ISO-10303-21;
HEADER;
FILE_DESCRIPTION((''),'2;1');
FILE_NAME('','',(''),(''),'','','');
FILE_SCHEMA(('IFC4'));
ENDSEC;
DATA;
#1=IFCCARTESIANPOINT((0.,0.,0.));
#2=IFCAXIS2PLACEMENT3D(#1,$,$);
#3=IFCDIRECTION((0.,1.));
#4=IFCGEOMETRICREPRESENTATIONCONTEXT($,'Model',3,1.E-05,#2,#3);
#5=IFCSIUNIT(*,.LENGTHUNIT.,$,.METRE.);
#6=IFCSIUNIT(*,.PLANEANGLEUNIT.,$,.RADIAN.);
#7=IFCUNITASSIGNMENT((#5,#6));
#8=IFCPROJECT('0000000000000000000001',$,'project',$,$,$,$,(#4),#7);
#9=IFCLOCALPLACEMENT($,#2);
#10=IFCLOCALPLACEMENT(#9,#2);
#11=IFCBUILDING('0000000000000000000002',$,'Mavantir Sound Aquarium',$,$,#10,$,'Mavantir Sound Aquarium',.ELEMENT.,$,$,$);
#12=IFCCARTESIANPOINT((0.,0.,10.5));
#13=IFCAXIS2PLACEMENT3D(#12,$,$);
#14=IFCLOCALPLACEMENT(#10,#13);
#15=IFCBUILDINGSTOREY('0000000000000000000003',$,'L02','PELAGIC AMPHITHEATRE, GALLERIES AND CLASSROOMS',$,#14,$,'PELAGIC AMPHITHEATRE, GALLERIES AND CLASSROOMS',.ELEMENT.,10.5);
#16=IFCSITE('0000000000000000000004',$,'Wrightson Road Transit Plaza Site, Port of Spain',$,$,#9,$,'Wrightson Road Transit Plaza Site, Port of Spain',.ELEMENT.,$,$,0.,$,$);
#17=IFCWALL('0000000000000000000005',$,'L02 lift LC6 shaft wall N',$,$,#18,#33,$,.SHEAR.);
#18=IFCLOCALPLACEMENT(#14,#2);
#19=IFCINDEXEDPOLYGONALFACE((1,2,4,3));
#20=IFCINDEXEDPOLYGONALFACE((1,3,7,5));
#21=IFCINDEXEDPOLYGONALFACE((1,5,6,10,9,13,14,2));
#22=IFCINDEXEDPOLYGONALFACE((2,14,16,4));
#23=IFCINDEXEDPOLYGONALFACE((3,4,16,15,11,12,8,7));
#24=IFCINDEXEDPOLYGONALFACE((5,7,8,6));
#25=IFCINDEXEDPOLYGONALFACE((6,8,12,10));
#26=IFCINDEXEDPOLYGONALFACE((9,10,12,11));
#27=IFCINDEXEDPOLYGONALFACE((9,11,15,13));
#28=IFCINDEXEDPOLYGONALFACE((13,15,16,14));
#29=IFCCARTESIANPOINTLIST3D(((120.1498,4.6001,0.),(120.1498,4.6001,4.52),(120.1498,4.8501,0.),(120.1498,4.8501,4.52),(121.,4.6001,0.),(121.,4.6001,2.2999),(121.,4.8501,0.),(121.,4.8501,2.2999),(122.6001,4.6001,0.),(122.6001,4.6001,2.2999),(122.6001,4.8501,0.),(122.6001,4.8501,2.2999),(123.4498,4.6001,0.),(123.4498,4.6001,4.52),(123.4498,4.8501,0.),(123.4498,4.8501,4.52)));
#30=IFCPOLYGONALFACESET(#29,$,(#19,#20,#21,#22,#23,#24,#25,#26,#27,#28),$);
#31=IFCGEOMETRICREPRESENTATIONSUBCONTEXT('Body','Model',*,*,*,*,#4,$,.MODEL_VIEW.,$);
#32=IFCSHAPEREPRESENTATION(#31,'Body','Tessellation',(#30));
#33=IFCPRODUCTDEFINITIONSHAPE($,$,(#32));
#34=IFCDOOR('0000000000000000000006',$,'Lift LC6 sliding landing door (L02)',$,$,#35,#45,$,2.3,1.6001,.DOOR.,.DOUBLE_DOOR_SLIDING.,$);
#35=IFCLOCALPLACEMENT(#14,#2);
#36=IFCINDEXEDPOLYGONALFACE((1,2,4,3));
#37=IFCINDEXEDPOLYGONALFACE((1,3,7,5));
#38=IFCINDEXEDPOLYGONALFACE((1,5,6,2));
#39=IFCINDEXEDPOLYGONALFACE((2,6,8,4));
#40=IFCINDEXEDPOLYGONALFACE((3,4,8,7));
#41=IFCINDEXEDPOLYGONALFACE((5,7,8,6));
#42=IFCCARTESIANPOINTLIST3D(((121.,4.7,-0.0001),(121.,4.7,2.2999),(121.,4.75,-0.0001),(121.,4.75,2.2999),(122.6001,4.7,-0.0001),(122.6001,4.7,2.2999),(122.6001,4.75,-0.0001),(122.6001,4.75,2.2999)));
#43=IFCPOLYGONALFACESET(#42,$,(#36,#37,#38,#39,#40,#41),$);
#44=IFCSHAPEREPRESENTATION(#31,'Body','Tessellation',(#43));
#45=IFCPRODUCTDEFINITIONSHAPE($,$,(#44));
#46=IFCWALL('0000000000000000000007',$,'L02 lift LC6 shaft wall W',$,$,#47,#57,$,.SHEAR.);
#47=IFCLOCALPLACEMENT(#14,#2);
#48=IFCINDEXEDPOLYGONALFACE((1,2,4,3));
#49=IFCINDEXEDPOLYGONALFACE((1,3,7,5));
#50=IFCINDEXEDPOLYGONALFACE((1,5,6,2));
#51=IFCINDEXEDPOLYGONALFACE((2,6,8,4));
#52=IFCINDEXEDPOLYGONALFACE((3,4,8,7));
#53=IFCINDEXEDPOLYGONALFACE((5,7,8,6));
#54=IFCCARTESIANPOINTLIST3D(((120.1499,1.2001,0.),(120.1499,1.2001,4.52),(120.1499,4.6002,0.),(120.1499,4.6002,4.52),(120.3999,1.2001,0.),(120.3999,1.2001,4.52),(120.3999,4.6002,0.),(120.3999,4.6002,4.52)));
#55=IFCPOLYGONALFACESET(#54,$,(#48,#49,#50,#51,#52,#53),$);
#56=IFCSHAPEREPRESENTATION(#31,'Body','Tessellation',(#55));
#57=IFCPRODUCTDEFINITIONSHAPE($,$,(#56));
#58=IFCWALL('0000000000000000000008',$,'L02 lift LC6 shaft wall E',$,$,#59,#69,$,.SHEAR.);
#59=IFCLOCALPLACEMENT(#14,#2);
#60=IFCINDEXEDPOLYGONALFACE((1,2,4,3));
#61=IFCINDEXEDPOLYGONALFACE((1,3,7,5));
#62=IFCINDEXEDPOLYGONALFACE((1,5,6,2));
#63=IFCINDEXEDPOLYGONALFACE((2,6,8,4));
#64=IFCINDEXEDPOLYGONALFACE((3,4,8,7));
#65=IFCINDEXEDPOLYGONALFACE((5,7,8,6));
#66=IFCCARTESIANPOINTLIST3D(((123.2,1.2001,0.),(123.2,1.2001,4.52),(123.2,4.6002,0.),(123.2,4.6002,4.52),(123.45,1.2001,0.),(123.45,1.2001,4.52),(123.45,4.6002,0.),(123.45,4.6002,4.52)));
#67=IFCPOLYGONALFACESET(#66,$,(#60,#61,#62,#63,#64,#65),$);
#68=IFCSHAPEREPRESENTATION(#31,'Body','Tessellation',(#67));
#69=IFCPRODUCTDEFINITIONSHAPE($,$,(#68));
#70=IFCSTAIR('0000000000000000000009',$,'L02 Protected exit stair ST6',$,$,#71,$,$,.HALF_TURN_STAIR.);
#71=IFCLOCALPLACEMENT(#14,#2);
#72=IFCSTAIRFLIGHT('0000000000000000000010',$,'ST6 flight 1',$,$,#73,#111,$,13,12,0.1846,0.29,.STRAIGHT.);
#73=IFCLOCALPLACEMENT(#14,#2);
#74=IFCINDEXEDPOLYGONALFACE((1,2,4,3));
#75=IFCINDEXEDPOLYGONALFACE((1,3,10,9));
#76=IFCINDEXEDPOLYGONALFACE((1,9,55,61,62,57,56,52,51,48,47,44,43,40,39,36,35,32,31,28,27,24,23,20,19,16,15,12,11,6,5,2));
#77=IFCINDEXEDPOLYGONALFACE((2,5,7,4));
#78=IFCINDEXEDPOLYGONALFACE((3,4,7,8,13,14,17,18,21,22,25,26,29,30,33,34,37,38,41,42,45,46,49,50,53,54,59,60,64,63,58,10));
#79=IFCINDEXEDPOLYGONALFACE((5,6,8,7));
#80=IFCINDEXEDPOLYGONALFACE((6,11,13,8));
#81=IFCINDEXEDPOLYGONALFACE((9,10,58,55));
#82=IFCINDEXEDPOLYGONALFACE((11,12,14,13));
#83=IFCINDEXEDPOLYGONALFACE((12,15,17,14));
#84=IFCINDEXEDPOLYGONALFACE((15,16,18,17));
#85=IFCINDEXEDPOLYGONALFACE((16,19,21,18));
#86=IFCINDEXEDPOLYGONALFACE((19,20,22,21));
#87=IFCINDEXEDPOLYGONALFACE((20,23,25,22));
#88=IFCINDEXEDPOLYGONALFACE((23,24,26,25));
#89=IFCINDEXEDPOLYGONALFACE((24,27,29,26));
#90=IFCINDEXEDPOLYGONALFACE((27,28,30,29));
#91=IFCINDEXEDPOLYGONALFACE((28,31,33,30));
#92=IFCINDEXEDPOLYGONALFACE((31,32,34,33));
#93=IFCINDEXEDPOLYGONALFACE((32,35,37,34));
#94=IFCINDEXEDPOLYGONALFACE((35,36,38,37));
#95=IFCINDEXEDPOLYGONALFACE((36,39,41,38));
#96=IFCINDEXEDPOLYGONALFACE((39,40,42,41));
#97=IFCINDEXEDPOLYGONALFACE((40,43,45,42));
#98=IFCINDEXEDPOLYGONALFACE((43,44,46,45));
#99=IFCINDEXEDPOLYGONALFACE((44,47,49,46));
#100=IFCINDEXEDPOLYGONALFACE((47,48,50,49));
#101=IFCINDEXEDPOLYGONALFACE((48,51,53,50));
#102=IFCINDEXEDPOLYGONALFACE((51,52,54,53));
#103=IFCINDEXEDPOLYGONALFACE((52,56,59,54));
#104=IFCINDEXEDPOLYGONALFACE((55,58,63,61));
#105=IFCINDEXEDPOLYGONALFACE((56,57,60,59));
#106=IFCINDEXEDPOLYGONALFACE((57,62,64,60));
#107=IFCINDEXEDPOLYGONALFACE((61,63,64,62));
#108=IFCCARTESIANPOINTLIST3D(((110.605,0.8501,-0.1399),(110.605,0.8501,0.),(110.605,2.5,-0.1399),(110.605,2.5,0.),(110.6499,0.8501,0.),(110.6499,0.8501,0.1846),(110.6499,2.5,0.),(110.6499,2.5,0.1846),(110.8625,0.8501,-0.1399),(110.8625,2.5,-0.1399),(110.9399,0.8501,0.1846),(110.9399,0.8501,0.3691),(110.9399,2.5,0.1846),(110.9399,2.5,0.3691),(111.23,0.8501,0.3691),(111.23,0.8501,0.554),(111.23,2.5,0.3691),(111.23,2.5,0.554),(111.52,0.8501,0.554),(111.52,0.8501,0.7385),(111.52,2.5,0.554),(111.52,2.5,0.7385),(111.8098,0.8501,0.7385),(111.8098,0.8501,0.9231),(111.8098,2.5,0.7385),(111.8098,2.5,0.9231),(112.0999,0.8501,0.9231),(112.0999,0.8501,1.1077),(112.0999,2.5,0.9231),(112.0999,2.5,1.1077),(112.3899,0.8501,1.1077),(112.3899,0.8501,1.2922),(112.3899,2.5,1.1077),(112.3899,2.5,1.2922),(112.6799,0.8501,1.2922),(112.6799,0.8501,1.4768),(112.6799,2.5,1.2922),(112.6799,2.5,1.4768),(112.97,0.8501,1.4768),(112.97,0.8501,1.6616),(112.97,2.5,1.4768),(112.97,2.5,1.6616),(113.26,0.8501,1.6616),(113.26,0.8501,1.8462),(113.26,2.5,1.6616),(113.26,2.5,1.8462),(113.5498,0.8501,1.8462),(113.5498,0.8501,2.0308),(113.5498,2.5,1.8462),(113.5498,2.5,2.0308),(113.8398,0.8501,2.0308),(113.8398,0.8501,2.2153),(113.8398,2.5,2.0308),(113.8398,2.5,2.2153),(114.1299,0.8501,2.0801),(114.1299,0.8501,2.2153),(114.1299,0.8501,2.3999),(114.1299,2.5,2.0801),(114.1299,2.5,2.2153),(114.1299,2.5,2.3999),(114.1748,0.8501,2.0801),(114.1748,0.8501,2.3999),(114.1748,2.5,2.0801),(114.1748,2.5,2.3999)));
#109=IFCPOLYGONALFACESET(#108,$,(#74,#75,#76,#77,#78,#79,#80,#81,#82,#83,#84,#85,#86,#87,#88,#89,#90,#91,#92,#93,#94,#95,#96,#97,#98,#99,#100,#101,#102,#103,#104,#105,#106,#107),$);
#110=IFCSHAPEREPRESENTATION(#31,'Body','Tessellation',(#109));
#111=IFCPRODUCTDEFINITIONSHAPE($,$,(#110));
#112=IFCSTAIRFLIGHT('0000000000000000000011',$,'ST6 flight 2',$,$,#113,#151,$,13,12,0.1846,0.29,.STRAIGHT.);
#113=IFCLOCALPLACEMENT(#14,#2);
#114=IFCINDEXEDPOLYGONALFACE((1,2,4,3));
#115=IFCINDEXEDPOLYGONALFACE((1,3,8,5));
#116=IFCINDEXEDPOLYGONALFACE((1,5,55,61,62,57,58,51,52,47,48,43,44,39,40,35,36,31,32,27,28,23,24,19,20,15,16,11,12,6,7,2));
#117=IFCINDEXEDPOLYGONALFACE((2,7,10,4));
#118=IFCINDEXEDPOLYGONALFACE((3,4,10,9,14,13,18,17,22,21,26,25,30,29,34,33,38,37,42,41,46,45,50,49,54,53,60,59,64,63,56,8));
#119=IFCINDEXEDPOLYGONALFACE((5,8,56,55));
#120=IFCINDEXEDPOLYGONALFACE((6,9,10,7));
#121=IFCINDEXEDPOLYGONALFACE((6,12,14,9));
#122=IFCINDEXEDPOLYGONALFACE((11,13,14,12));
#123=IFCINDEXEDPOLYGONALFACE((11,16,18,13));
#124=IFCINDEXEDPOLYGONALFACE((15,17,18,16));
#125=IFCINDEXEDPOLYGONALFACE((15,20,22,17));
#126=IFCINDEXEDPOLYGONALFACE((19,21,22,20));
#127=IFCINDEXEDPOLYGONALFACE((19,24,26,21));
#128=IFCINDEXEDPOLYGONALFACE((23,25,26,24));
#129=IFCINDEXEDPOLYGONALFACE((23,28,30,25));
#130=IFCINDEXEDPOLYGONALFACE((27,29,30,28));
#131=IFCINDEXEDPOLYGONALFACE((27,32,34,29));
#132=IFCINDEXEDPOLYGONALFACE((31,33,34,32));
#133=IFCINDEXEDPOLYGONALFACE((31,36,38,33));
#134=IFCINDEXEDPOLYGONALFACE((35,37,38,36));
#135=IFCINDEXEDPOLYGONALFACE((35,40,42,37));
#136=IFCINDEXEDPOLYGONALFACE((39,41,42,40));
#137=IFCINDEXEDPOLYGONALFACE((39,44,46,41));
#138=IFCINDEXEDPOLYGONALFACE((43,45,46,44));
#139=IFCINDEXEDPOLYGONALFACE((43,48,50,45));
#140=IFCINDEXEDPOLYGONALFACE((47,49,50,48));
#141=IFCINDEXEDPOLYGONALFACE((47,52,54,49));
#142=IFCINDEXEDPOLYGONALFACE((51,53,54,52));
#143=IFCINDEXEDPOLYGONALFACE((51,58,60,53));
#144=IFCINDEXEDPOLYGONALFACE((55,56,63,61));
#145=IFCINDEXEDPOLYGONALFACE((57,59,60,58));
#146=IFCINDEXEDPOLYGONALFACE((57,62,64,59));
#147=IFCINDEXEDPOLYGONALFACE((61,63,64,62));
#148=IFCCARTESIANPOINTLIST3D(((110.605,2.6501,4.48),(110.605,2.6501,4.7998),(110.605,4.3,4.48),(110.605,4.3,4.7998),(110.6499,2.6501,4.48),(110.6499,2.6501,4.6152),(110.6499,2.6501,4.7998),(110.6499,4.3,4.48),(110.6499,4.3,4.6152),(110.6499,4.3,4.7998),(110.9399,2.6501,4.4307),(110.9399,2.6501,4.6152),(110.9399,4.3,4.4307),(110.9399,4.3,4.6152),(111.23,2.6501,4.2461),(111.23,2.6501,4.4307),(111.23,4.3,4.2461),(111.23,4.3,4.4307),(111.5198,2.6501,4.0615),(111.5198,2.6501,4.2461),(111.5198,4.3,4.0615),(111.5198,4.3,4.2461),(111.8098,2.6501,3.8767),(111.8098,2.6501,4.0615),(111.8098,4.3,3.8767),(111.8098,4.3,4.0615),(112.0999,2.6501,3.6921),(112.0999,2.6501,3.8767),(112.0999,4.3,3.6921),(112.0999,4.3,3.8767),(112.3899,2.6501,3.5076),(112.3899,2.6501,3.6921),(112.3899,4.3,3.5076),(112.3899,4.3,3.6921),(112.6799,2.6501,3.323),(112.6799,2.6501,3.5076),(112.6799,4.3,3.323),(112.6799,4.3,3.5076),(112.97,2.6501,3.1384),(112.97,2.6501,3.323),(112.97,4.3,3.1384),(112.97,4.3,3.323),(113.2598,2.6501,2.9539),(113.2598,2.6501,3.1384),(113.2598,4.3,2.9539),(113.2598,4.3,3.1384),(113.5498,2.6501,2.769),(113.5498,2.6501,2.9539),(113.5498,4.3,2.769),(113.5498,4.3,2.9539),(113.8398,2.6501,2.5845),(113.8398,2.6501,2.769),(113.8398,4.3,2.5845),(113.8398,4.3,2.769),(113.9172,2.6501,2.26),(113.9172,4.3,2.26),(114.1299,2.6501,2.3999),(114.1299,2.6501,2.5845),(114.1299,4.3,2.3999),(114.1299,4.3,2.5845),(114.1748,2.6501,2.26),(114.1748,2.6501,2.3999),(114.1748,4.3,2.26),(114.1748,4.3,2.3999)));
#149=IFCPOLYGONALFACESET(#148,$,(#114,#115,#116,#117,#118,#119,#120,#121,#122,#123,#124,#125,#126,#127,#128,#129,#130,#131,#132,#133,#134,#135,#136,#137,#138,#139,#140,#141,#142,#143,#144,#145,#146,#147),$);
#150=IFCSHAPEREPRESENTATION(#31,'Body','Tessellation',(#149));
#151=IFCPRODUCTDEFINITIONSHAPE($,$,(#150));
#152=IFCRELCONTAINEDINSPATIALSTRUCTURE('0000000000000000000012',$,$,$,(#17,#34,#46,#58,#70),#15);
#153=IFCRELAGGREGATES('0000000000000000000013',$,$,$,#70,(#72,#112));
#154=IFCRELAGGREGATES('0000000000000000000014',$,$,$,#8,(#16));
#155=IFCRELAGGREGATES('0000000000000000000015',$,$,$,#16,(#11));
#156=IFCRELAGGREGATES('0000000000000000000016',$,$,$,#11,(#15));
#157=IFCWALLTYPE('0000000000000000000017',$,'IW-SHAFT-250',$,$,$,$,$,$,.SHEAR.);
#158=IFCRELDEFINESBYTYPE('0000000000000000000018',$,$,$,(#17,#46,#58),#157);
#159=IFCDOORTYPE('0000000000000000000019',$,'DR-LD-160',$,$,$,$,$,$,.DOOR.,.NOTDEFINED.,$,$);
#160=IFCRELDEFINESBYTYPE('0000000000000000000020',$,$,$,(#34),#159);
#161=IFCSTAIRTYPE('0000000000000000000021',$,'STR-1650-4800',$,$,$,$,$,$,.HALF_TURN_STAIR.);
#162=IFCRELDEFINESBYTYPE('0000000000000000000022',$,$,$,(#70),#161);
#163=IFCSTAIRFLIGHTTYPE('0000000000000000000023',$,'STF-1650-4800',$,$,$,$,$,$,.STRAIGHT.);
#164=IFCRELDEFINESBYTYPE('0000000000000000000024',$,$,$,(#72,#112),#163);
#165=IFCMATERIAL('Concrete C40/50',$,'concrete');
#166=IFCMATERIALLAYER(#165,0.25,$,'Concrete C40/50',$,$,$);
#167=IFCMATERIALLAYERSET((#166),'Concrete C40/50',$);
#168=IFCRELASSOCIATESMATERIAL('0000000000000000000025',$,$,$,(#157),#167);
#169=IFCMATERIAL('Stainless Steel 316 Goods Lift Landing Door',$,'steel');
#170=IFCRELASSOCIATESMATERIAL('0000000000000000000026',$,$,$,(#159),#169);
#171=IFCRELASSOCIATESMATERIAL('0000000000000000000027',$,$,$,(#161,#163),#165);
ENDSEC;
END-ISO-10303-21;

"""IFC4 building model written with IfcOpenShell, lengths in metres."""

from ifc_helpers import new_model, si_unit, direction, frame, frame_2d, origin, place, context, subcontext, project, spatial, polyline, rectangle, outline, extrude, material, layer, layer_set, type_object, element, fill, aggregate, save


model = new_model("IFC4")

# Units and contexts
model_context = context("Model", 3, precision=1e-05, world=origin(), true_north=direction((0.0, 1.0)))
body_context = subcontext(model_context, "Body", "Model", "MODEL_VIEW")
ifc_project = project(units=[si_unit("LENGTHUNIT", "METRE"), si_unit("PLANEANGLEUNIT", "RADIAN")], contexts=[model_context])

# Site, building, storey
site_placement = place(None, origin())
site = spatial("IfcSite", under=ifc_project, at=site_placement, Name="Wrightson Road Transit Plaza Site, Port of Spain", LongName="Wrightson Road Transit Plaza Site, Port of Spain", CompositionType="ELEMENT", RefElevation=0.0)
building_placement = place(site_placement, origin())
building = spatial("IfcBuilding", under=site, at=building_placement, Name="Mavantir Sound Aquarium", LongName="Mavantir Sound Aquarium", CompositionType="ELEMENT")
storey_placement = place(building_placement, frame((0.0, 0.0, 10.5)))
storey = spatial("IfcBuildingStorey", under=building, at=storey_placement, Name="L02", Description="PELAGIC AMPHITHEATRE, GALLERIES AND CLASSROOMS", LongName="PELAGIC AMPHITHEATRE, GALLERIES AND CLASSROOMS", CompositionType="ELEMENT", Elevation=10.5)

# Shared definitions
ifc_material_1 = material(Name="Concrete C40/50", Category="concrete")

# Shared definitions
ifc_layer_1 = layer(ifc_material_1, 0.25, Name="Concrete C40/50")
ifc_layer_set_1 = layer_set([ifc_layer_1], Name="Concrete C40/50")
wall_type_1 = type_object("IfcWallType", Name="IW-SHAFT-250", PredefinedType="SHEAR", material=ifc_layer_set_1)

# Wall, opening, door
wall_1_placement = place(storey_placement, frame((120.1499, 4.7251, 0.0), z_axis=(0.0, 0.0, 1.0), x_axis=(1.0, 0.0, 0.0)))
wall_1 = element("IfcWall", 1, at=wall_1_placement, inside=storey, type_object=wall_type_1, Name="L02 lift LC6 shaft wall N", PredefinedType="SHEAR", context=body_context, shape_type="SweptSolid", body=[
    extrude(rectangle(XDim=3.3, YDim=0.25, at=frame_2d((1.6499, 0.0))), origin(), (0.0, 0.0, 1.0), 4.52),
])
opening_1_placement = place(wall_1_placement, frame((0.8501, 0.0, 0.0)))
opening_1 = element("IfcOpeningElement", 2, at=opening_1_placement, cuts=wall_1, PredefinedType="OPENING", context=body_context, shape_type="SweptSolid", body=[
    extrude(rectangle(XDim=1.6001, YDim=2.3, at=frame_2d((0.8, 1.1499))), frame((0.0, 0.135, 0.0), z_axis=(0.0, -1.0, 0.0), x_axis=(1.0, 0.0, 0.0)), (0.0, 0.0, 1.0), 0.27),
])
ifc_material_2 = material(Name="Stainless Steel 316 Goods Lift Landing Door", Category="steel")
door_type_1 = type_object("IfcDoorType", Name="DR-LD-160", OperationType="NOTDEFINED", PredefinedType="DOOR", material=ifc_material_2)
door_1_placement = place(opening_1_placement, origin())
door_1 = element("IfcDoor", 3, at=door_1_placement, inside=storey, type_object=door_type_1, Name="Lift LC6 sliding landing door (L02)", OperationType="DOUBLE_DOOR_SLIDING", OverallHeight=2.3, OverallWidth=1.6001, PredefinedType="DOOR", context=body_context, shape_type="SweptSolid", body=[
    extrude(rectangle(XDim=1.6001, YDim=2.3, at=frame_2d((0.8, 1.1499))), frame((0.0, 0.0249, 0.0), z_axis=(0.0, -1.0, 0.0), x_axis=(1.0, 0.0, 0.0)), (0.0, 0.0, 1.0), 0.05),
])
fill(opening_1, door_1)

# Walls
for number, where, z_axis, x_axis, name in (
    (4, (120.2749, 1.2, 0.0), (0.0, 0.0, 1.0), (0.0, 1.0, 0.0), "L02 lift LC6 shaft wall W"),
    (5, (123.325, 1.2, 0.0), (0.0, 0.0, 1.0), (0.0, 1.0, 0.0), "L02 lift LC6 shaft wall E"),
):
    element("IfcWall", number, at=place(storey_placement, frame(where, z_axis=z_axis, x_axis=x_axis)), inside=storey, type_object=wall_type_1, Name=name, PredefinedType="SHEAR", context=body_context, shape_type="SweptSolid", body=[
        extrude(rectangle(XDim=3.4001, YDim=0.25, at=frame_2d((1.7002, 0.0))), origin(), (0.0, 0.0, 1.0), 4.52),
    ])

# Stair, stair flights
stair_type = type_object("IfcStairType", Name="STR-1650-4800", PredefinedType="HALF_TURN_STAIR", material=ifc_material_1)
stair_placement = place(storey_placement, origin())
stair = element("IfcStair", 6, at=stair_placement, inside=storey, type_object=stair_type, Name="L02 Protected exit stair ST6", PredefinedType="HALF_TURN_STAIR")
stair_flight_type = type_object("IfcStairFlightType", Name="STF-1650-4800", PredefinedType="STRAIGHT", material=ifc_material_1)
stair_flight_1_placement = place(storey_placement, frame((110.6499, 1.675, 0.0), z_axis=(0.0, 0.0, 1.0), x_axis=(1.0, 0.0, 0.0)))
stair_flight_1 = element("IfcStairFlight", 7, at=stair_flight_1_placement, type_object=stair_flight_type, Name="ST6 flight 1", NumberOfRisers=13, NumberOfTreads=12, PredefinedType="STRAIGHT", RiserHeight=0.1846, TreadLength=0.29, context=body_context, shape_type="SweptSolid", body=[
    extrude(outline(polyline([(-0.0449, -0.1399), (-0.0449, 0.0), (0.0, 0.0), (0.0, 0.1846), (0.29, 0.1846), (0.29, 0.3691), (0.5801, 0.3691), (0.5801, 0.554), (0.8701, 0.554), (0.8701, 0.7385), (1.1599, 0.7385), (1.1599, 0.9231), (1.45, 0.9231), (1.45, 1.1077), (1.74, 1.1077), (1.74, 1.2922), (2.03, 1.2922), (2.03, 1.4768), (2.3201, 1.4768), (2.3201, 1.6616), (2.6101, 1.6616), (2.6101, 1.8462), (2.8999, 1.8462), (2.8999, 2.0308), (3.1899, 2.0308), (3.1899, 2.2153), (3.48, 2.2153), (3.48, 2.3999), (3.5249, 2.3999), (3.5249, 2.0801), (3.48, 2.0801), (0.2126, -0.1399), (-0.0449, -0.1399)])), frame((0.0, 0.825, 0.0), z_axis=(0.0, -1.0, 0.0), x_axis=(1.0, 0.0, 0.0)), (0.0, 0.0, 1.0), 1.6499),
])
stair_flight_2_placement = place(storey_placement, frame((114.1299, 3.4751, 2.3999), z_axis=(0.0, 0.0, 1.0), x_axis=(-1.0, 0.0, 0.0)))
stair_flight_2 = element("IfcStairFlight", 8, at=stair_flight_2_placement, type_object=stair_flight_type, Name="ST6 flight 2", NumberOfRisers=13, NumberOfTreads=12, PredefinedType="STRAIGHT", RiserHeight=0.1846, TreadLength=0.29, context=body_context, shape_type="SweptSolid", body=[
    extrude(outline(polyline([(-0.0449, -0.1399), (-0.0449, 0.0), (0.0, 0.0), (0.0, 0.1846), (0.29, 0.1846), (0.29, 0.3691), (0.5801, 0.3691), (0.5801, 0.554), (0.8701, 0.554), (0.8701, 0.7385), (1.1599, 0.7385), (1.1599, 0.9231), (1.45, 0.9231), (1.45, 1.1077), (1.74, 1.1077), (1.74, 1.2922), (2.03, 1.2922), (2.03, 1.4768), (2.3201, 1.4768), (2.3201, 1.6616), (2.6101, 1.6616), (2.6101, 1.8462), (2.8999, 1.8462), (2.8999, 2.0308), (3.1899, 2.0308), (3.1899, 2.2153), (3.48, 2.2153), (3.48, 2.3999), (3.5249, 2.3999), (3.5249, 2.0801), (3.48, 2.0801), (0.2126, -0.1399), (-0.0449, -0.1399)])), frame((0.0, 0.825, 0.0), z_axis=(0.0, -1.0, 0.0), x_axis=(1.0, 0.0, 0.0)), (0.0, 0.0, 1.0), 1.6499),
])
aggregate(stair, [stair_flight_1, stair_flight_2])

save(model, "model.ifc")
